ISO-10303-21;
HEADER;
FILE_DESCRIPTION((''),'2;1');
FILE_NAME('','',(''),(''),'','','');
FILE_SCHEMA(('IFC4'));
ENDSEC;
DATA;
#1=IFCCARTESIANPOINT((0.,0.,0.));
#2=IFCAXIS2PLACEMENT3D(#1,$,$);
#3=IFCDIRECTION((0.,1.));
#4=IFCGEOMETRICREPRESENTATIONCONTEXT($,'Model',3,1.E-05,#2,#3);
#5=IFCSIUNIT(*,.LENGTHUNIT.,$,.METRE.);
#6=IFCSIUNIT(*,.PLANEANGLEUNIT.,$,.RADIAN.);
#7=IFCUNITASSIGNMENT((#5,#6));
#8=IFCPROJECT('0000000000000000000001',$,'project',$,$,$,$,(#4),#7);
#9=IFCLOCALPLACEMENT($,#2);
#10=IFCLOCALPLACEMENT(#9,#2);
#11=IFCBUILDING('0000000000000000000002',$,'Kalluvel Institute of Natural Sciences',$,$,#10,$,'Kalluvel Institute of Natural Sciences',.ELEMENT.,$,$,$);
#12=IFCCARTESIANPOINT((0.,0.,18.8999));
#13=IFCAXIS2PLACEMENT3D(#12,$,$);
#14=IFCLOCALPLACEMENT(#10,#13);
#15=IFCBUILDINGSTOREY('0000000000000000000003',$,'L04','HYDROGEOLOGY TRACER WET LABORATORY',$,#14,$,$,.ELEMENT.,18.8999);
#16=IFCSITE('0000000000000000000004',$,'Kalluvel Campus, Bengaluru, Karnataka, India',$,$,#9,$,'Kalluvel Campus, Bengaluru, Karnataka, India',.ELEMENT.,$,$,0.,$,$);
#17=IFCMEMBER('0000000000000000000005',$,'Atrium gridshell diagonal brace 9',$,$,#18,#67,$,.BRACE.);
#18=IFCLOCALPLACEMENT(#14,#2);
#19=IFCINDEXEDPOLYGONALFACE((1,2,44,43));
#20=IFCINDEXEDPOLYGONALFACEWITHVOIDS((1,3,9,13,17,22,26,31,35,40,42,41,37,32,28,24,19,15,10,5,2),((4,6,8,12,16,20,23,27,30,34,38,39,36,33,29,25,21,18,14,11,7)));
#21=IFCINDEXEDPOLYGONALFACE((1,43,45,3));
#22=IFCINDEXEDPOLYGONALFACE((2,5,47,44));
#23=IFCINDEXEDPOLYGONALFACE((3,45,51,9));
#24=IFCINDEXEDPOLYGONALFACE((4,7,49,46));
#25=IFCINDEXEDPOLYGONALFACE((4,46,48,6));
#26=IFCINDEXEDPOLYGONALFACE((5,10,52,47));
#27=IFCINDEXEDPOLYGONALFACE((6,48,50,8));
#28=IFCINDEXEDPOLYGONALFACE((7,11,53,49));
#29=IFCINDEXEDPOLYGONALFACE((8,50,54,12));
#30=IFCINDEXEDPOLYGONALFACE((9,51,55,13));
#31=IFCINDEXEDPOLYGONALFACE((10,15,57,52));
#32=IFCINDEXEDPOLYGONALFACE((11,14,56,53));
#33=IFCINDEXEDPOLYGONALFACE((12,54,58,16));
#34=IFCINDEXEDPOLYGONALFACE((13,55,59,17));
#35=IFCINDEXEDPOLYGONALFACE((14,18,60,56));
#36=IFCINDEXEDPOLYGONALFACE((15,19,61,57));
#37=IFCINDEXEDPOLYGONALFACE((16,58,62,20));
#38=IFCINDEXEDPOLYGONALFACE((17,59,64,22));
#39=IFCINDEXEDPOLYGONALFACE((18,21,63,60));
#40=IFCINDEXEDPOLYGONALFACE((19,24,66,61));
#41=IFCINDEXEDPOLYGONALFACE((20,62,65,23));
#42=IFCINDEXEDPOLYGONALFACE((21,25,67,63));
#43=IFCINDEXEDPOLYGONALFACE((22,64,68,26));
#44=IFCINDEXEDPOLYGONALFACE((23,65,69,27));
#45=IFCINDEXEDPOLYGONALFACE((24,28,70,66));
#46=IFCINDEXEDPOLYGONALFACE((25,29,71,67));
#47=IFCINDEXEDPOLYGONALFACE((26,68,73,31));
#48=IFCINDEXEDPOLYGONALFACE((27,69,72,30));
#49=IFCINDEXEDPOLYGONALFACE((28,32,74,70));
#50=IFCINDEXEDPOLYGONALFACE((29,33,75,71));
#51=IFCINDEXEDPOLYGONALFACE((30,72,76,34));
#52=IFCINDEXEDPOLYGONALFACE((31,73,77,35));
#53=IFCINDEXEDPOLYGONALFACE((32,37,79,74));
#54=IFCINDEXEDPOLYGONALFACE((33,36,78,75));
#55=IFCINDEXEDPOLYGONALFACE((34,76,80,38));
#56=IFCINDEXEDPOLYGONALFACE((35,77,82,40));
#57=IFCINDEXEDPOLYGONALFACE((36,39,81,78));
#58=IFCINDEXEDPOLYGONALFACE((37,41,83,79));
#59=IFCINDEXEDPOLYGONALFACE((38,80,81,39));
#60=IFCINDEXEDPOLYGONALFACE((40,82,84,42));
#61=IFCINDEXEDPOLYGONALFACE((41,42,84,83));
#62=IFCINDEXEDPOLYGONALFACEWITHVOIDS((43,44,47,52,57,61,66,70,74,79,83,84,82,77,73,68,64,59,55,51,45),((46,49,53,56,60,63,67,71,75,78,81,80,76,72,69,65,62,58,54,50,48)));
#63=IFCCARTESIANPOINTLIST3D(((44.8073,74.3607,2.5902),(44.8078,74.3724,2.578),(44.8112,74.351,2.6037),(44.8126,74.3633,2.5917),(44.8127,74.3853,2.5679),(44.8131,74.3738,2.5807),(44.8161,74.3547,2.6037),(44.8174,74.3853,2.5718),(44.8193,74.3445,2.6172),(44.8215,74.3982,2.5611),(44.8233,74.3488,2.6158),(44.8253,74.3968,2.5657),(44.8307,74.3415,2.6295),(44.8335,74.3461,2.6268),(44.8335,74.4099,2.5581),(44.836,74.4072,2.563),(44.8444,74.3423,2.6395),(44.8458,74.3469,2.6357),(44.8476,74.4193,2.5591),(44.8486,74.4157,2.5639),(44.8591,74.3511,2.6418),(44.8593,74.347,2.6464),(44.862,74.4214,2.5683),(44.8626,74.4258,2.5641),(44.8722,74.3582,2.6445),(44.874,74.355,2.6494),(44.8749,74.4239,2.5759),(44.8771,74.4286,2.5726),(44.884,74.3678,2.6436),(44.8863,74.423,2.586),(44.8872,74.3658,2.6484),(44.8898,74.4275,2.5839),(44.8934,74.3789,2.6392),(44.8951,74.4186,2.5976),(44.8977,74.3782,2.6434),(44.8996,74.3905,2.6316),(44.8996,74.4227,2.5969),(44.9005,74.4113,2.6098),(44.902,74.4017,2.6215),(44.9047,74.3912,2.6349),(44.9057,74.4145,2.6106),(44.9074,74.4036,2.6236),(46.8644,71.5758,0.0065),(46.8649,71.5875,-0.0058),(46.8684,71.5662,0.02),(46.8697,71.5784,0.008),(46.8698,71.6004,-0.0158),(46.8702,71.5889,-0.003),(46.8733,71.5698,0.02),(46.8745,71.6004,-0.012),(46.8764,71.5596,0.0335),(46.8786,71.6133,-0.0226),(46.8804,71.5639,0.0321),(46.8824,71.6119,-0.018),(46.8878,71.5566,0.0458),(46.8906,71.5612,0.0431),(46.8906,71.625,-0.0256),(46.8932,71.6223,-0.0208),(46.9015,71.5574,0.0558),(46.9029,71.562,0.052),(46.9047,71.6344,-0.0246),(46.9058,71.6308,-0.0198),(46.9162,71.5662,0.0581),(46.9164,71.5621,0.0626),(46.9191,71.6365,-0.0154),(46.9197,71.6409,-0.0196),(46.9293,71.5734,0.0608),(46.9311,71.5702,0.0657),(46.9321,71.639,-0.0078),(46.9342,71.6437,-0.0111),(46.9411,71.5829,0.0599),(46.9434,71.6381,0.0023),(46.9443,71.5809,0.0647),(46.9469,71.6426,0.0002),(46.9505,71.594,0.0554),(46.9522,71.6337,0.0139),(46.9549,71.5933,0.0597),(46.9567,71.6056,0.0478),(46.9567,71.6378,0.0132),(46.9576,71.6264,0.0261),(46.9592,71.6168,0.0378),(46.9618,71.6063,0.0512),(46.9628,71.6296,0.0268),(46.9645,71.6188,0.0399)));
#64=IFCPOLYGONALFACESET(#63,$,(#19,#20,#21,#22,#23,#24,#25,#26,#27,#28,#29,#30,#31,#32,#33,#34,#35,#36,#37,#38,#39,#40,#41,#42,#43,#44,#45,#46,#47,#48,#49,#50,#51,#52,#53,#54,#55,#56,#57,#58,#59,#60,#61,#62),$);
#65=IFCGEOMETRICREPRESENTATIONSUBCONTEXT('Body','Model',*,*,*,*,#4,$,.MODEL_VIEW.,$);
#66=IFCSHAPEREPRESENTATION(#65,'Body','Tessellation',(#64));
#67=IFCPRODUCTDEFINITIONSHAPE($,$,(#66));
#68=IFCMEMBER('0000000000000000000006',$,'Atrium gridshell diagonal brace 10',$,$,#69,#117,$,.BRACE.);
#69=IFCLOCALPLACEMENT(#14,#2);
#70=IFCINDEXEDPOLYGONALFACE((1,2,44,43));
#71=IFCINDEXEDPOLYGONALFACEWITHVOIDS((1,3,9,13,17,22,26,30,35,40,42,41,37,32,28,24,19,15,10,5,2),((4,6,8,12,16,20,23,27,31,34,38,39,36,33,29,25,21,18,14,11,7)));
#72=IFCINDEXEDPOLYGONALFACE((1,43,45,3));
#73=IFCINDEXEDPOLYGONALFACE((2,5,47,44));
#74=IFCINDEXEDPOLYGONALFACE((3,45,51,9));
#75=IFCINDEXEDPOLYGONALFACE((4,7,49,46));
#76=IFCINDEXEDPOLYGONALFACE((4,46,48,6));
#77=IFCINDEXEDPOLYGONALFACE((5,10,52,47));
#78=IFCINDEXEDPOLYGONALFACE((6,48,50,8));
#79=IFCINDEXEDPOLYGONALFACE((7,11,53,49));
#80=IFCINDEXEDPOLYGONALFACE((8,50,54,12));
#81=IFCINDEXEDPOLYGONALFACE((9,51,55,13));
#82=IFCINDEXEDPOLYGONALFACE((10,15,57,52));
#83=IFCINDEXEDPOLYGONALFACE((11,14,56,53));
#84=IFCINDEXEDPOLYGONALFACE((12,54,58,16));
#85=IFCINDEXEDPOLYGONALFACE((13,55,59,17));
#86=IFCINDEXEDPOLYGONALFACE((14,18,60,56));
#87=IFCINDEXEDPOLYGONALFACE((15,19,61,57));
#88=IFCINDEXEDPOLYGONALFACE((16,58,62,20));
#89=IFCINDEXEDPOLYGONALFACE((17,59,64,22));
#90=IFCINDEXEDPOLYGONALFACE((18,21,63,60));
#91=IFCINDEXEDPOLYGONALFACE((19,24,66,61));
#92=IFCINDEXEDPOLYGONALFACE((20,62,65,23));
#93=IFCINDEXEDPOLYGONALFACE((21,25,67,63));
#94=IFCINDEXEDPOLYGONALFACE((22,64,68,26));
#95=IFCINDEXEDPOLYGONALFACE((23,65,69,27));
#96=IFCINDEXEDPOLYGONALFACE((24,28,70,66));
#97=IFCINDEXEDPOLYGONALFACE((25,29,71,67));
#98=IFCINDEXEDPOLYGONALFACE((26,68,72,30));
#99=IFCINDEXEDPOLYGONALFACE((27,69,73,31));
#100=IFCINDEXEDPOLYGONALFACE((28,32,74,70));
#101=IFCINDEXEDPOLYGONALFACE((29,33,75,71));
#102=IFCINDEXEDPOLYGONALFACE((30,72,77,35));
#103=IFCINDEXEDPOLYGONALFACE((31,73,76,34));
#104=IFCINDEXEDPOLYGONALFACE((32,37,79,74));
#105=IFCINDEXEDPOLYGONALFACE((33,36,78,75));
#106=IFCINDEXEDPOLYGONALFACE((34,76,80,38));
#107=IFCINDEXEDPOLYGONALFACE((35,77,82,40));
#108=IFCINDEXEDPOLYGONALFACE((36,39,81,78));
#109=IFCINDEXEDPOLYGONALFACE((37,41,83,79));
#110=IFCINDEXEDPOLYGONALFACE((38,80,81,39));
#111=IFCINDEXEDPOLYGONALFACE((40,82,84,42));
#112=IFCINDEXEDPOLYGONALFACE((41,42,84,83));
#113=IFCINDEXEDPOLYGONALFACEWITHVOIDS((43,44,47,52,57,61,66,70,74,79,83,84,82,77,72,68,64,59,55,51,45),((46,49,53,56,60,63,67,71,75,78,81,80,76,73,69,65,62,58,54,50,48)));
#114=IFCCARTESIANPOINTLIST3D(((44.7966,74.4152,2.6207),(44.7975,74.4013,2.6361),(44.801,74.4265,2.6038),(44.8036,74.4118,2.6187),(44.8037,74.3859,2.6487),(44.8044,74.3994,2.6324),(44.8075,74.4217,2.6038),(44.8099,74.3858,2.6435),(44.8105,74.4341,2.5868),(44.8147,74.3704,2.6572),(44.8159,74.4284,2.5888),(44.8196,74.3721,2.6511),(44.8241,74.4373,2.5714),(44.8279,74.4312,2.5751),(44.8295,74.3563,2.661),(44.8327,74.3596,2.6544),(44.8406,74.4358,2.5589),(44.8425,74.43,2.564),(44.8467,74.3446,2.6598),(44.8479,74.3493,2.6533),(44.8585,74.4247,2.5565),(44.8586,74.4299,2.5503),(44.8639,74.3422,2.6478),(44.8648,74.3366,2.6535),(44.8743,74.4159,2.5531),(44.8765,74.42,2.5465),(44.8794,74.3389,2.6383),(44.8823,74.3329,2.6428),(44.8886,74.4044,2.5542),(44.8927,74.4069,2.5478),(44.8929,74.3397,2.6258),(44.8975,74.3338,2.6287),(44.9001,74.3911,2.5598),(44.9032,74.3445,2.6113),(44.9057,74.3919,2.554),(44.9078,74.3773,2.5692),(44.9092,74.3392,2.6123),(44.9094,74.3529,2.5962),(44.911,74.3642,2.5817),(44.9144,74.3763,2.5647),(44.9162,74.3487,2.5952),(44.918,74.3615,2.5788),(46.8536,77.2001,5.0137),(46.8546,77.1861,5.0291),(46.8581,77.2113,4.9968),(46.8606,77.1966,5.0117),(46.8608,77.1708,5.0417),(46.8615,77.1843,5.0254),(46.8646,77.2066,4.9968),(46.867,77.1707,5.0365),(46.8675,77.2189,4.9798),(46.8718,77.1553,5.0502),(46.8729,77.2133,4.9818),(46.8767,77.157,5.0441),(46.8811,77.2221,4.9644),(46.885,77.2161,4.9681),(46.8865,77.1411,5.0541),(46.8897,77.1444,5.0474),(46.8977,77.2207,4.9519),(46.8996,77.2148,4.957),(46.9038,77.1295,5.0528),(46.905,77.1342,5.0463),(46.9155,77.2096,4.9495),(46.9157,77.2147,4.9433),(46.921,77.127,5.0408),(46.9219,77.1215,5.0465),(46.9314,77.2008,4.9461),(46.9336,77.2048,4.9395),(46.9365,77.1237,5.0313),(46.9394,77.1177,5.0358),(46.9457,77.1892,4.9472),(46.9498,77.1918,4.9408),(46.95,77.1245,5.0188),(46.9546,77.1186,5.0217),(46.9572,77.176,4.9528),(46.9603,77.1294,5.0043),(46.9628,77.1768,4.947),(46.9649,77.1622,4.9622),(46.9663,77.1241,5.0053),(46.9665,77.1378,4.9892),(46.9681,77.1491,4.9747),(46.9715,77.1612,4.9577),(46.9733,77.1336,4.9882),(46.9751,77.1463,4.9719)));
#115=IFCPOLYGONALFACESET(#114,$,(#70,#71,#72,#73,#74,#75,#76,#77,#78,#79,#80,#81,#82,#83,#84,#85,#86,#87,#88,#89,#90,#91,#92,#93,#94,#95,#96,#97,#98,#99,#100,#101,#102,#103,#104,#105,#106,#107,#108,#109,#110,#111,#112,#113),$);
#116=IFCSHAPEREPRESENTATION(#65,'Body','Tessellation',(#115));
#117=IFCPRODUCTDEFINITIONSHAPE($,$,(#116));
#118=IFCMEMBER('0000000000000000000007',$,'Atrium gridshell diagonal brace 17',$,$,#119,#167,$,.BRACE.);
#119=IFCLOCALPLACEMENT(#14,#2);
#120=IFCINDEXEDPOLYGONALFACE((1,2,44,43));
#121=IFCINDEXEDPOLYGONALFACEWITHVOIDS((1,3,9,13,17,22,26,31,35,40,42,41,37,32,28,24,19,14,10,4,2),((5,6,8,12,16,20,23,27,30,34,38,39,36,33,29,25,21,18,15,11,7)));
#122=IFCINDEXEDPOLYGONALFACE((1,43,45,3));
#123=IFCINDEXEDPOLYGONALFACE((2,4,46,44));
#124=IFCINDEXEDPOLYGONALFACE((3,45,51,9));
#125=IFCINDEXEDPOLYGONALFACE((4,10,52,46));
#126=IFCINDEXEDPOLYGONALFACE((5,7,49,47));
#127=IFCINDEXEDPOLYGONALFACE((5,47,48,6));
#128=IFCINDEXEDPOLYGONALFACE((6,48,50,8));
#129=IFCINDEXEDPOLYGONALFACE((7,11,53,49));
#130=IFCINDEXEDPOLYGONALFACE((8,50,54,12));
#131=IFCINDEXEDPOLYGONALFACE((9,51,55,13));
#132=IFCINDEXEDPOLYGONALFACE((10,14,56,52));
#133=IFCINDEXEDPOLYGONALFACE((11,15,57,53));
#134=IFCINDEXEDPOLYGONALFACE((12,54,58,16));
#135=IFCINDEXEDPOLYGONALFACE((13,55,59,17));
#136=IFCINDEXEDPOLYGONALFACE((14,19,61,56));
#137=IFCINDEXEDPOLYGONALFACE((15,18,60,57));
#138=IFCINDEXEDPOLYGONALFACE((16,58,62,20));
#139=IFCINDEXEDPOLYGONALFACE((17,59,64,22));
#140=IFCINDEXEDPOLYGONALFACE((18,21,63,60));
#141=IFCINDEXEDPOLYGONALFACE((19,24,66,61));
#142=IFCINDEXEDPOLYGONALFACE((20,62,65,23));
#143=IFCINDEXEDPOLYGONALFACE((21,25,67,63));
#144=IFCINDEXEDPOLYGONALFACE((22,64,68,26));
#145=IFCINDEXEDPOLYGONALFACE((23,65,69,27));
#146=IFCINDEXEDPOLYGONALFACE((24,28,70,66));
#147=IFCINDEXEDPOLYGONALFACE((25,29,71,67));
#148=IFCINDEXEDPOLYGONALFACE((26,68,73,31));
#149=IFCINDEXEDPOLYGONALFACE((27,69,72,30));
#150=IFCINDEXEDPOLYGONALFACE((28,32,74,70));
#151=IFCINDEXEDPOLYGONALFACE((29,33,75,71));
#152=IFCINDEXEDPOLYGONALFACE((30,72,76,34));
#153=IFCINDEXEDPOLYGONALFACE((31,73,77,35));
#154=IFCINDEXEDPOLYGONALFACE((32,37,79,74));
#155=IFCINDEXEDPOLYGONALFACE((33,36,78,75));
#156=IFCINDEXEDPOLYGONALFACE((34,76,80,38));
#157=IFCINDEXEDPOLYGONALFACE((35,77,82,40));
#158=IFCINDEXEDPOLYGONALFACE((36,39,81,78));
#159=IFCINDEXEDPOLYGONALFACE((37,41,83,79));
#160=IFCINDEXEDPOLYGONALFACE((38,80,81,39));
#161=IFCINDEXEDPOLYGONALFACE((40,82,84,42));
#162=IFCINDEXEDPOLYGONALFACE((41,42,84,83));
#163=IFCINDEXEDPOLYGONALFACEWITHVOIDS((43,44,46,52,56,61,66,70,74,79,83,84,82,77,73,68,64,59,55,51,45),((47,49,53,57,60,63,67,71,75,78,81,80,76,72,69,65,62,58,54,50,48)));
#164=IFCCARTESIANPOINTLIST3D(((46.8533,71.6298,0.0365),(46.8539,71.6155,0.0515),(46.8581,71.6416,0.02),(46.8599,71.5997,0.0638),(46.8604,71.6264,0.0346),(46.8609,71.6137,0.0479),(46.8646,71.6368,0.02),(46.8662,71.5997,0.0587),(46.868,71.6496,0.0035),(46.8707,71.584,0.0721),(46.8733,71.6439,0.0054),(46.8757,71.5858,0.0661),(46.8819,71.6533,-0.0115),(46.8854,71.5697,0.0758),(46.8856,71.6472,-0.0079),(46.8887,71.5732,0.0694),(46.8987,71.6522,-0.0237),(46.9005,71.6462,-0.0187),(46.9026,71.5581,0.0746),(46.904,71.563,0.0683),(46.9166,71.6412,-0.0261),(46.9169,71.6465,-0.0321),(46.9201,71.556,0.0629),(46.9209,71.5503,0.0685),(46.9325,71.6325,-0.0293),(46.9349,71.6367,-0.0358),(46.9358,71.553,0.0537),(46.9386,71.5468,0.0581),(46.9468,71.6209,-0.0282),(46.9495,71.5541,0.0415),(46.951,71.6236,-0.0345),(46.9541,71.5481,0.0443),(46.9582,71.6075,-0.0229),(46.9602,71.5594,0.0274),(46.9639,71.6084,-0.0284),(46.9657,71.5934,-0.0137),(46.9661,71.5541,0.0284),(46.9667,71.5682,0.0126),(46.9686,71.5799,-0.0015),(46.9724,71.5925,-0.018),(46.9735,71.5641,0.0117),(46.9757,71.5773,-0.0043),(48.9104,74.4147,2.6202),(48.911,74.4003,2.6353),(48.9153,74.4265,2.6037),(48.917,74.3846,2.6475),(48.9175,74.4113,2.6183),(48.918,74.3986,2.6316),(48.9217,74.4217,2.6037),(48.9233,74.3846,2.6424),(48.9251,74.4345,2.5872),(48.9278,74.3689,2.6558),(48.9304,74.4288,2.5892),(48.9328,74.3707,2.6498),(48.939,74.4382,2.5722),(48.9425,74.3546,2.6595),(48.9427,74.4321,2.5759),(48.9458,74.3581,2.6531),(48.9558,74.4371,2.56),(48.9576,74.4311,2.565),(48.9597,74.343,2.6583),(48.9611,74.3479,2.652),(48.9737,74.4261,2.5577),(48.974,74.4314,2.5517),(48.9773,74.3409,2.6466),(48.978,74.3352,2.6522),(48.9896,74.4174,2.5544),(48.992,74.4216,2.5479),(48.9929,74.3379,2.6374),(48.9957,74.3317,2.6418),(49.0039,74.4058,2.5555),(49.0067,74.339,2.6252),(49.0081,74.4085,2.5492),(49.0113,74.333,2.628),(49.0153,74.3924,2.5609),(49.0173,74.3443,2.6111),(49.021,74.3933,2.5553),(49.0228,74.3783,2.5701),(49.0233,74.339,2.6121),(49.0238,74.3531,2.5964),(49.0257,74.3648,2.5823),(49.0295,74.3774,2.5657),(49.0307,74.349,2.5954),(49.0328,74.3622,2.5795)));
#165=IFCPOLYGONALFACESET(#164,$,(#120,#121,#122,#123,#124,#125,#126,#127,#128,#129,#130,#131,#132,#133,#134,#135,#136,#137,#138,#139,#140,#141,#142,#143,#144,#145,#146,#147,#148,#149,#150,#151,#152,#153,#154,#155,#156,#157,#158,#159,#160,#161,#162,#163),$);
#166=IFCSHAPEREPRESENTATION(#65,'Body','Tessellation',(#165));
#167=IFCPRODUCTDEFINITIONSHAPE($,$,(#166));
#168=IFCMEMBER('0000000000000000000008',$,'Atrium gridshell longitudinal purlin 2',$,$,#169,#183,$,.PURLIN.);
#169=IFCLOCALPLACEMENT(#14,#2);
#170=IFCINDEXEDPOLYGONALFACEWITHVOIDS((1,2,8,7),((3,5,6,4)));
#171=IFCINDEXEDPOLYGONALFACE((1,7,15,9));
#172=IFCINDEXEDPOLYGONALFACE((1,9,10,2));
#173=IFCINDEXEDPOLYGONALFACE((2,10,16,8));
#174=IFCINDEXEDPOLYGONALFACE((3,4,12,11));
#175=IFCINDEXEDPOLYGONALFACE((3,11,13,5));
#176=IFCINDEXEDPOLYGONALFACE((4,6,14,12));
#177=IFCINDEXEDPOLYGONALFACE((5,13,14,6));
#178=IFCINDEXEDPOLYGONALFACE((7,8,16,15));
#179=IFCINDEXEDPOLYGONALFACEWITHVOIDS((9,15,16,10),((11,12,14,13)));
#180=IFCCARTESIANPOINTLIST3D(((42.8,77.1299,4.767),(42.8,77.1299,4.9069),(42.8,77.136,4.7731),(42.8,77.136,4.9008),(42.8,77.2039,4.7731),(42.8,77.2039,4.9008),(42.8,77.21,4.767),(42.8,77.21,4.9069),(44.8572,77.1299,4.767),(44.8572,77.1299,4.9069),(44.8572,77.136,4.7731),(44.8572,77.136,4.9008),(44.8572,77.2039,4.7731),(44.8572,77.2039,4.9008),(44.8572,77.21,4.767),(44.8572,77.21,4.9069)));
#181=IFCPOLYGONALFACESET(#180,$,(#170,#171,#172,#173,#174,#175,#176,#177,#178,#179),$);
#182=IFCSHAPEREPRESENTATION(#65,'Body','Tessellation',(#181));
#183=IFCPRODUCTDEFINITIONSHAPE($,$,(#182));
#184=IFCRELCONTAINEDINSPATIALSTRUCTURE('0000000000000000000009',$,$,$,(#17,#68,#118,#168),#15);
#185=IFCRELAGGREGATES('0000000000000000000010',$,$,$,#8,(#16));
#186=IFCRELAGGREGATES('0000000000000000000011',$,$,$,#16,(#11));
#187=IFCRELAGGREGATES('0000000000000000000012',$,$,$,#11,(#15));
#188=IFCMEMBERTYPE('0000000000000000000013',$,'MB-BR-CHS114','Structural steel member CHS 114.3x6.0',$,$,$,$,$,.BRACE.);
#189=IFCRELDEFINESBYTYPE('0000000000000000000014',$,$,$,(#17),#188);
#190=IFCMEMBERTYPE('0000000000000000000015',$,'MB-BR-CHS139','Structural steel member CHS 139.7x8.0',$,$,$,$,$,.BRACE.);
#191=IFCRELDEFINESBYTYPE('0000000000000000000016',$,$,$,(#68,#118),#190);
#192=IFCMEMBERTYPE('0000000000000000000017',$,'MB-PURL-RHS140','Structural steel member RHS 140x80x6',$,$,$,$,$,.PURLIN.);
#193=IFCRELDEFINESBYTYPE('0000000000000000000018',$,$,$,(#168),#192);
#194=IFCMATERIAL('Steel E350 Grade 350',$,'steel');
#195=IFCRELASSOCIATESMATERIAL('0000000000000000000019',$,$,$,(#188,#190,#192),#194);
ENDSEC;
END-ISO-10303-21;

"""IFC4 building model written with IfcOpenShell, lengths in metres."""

from ifc_helpers import new_model, si_unit, direction, frame, origin, origin_2d, place, context, subcontext, project, spatial, hollow_rectangle, hollow_circle, extrude, material, material_profile, profile_set, type_object, element, save


model = new_model("IFC4")

# Units and contexts
model_context = context("Model", 3, precision=1e-05, world=origin(), true_north=direction((0.0, 1.0)))
body_context = subcontext(model_context, "Body", "Model", "MODEL_VIEW")
ifc_project = project(units=[si_unit("LENGTHUNIT", "METRE"), si_unit("PLANEANGLEUNIT", "RADIAN")], contexts=[model_context])

# Site, building, storey
site_placement = place(None, origin())
site = spatial("IfcSite", under=ifc_project, at=site_placement, Name="Kalluvel Campus, Bengaluru, Karnataka, India", LongName="Kalluvel Campus, Bengaluru, Karnataka, India", CompositionType="ELEMENT", RefElevation=0.0)
building_placement = place(site_placement, origin())
building = spatial("IfcBuilding", under=site, at=building_placement, Name="Kalluvel Institute of Natural Sciences", LongName="Kalluvel Institute of Natural Sciences", CompositionType="ELEMENT")
storey_placement = place(building_placement, frame((0.0, 0.0, 18.8999)))
storey = spatial("IfcBuildingStorey", under=building, at=storey_placement, Name="L04", Description="HYDROGEOLOGY TRACER WET LABORATORY", CompositionType="ELEMENT", Elevation=18.8999)

# Members
ifc_material_1 = material(Name="Steel E350 Grade 350", Category="steel")
ifc_material_profile_1 = material_profile(ifc_material_1, hollow_circle(Radius=0.0571, WallThickness=0.0061, at=origin_2d()), Name="CHS 114.3x6.0")
ifc_profile_set_1 = profile_set([ifc_material_profile_1], Name="Steel E350 Grade 350")
member_type_1 = type_object("IfcMemberType", Name="MB-BR-CHS114", Description="Structural steel member CHS 114.3x6.0", PredefinedType="BRACE", material=ifc_profile_set_1)
member_1_placement = place(storey_placement, frame((46.9143, 71.6001, 0.02), z_axis=(-0.476177, 0.644641, 0.598075), x_axis=(-0.804353, -0.594151, 0.0)))
element("IfcMember", 1, at=member_1_placement, inside=storey, type_object=member_type_1, Name="Atrium gridshell diagonal brace 9", PredefinedType="BRACE", context=body_context, shape_type="SweptSolid", body=[
    extrude(hollow_circle(Radius=0.0571, WallThickness=0.0061, at=origin_2d()), origin(), (0.0, 0.0, 1.0), 4.3201),
])
ifc_material_profile_2 = material_profile(ifc_material_1, hollow_circle(Radius=0.0698, WallThickness=0.0081, at=origin_2d()), Name="CHS 139.7x8.0")
ifc_profile_set_2 = profile_set([ifc_material_profile_2], Name="Steel E350 Grade 350")
member_type_2 = type_object("IfcMemberType", Name="MB-BR-CHS139", Description="Structural steel member CHS 139.7x8.0", PredefinedType="BRACE", material=ifc_profile_set_2)
member_2_placement = place(storey_placement, frame((44.8572, 74.385, 2.6038), z_axis=(0.488765, 0.661683, 0.568582), x_axis=(-0.804353, 0.594151, 0.0)))
element("IfcMember", 2, at=member_2_placement, inside=storey, type_object=member_type_2, Name="Atrium gridshell diagonal brace 10", PredefinedType="BRACE", context=body_context, shape_type="SweptSolid", body=[
    extrude(hollow_circle(Radius=0.0698, WallThickness=0.0081, at=origin_2d()), origin(), (0.0, 0.0, 1.0), 4.2087),
])
member_3_placement = place(storey_placement, frame((46.9143, 71.6001, 0.02), z_axis=(0.476177, 0.644641, 0.598075), x_axis=(-0.804353, 0.594151, 0.0)))
element("IfcMember", 3, at=member_3_placement, inside=storey, type_object=member_type_2, Name="Atrium gridshell diagonal brace 17", PredefinedType="BRACE", context=body_context, shape_type="SweptSolid", body=[
    extrude(hollow_circle(Radius=0.0698, WallThickness=0.0081, at=origin_2d()), origin(), (0.0, 0.0, 1.0), 4.3201),
])
ifc_material_profile_3 = material_profile(ifc_material_1, hollow_rectangle(XDim=0.0801, YDim=0.1399, WallThickness=0.0061, at=origin_2d()), Name="RHS 140x80x6")
ifc_profile_set_3 = profile_set([ifc_material_profile_3], Name="Steel E350 Grade 350")
member_type_3 = type_object("IfcMemberType", Name="MB-PURL-RHS140", Description="Structural steel member RHS 140x80x6", PredefinedType="PURLIN", material=ifc_profile_set_3)
member_4_placement = place(storey_placement, frame((42.8, 77.1699, 4.8369), z_axis=(1.0, 0.0, 0.0), x_axis=(0.0, 1.0, 0.0)))
element("IfcMember", 4, at=member_4_placement, inside=storey, type_object=member_type_3, Name="Atrium gridshell longitudinal purlin 2", PredefinedType="PURLIN", context=body_context, shape_type="SweptSolid", body=[
    extrude(hollow_rectangle(XDim=0.0801, YDim=0.1399, WallThickness=0.0061, at=origin_2d()), origin(), (0.0, 0.0, 1.0), 2.0571),
])

save(model, "model.ifc")
